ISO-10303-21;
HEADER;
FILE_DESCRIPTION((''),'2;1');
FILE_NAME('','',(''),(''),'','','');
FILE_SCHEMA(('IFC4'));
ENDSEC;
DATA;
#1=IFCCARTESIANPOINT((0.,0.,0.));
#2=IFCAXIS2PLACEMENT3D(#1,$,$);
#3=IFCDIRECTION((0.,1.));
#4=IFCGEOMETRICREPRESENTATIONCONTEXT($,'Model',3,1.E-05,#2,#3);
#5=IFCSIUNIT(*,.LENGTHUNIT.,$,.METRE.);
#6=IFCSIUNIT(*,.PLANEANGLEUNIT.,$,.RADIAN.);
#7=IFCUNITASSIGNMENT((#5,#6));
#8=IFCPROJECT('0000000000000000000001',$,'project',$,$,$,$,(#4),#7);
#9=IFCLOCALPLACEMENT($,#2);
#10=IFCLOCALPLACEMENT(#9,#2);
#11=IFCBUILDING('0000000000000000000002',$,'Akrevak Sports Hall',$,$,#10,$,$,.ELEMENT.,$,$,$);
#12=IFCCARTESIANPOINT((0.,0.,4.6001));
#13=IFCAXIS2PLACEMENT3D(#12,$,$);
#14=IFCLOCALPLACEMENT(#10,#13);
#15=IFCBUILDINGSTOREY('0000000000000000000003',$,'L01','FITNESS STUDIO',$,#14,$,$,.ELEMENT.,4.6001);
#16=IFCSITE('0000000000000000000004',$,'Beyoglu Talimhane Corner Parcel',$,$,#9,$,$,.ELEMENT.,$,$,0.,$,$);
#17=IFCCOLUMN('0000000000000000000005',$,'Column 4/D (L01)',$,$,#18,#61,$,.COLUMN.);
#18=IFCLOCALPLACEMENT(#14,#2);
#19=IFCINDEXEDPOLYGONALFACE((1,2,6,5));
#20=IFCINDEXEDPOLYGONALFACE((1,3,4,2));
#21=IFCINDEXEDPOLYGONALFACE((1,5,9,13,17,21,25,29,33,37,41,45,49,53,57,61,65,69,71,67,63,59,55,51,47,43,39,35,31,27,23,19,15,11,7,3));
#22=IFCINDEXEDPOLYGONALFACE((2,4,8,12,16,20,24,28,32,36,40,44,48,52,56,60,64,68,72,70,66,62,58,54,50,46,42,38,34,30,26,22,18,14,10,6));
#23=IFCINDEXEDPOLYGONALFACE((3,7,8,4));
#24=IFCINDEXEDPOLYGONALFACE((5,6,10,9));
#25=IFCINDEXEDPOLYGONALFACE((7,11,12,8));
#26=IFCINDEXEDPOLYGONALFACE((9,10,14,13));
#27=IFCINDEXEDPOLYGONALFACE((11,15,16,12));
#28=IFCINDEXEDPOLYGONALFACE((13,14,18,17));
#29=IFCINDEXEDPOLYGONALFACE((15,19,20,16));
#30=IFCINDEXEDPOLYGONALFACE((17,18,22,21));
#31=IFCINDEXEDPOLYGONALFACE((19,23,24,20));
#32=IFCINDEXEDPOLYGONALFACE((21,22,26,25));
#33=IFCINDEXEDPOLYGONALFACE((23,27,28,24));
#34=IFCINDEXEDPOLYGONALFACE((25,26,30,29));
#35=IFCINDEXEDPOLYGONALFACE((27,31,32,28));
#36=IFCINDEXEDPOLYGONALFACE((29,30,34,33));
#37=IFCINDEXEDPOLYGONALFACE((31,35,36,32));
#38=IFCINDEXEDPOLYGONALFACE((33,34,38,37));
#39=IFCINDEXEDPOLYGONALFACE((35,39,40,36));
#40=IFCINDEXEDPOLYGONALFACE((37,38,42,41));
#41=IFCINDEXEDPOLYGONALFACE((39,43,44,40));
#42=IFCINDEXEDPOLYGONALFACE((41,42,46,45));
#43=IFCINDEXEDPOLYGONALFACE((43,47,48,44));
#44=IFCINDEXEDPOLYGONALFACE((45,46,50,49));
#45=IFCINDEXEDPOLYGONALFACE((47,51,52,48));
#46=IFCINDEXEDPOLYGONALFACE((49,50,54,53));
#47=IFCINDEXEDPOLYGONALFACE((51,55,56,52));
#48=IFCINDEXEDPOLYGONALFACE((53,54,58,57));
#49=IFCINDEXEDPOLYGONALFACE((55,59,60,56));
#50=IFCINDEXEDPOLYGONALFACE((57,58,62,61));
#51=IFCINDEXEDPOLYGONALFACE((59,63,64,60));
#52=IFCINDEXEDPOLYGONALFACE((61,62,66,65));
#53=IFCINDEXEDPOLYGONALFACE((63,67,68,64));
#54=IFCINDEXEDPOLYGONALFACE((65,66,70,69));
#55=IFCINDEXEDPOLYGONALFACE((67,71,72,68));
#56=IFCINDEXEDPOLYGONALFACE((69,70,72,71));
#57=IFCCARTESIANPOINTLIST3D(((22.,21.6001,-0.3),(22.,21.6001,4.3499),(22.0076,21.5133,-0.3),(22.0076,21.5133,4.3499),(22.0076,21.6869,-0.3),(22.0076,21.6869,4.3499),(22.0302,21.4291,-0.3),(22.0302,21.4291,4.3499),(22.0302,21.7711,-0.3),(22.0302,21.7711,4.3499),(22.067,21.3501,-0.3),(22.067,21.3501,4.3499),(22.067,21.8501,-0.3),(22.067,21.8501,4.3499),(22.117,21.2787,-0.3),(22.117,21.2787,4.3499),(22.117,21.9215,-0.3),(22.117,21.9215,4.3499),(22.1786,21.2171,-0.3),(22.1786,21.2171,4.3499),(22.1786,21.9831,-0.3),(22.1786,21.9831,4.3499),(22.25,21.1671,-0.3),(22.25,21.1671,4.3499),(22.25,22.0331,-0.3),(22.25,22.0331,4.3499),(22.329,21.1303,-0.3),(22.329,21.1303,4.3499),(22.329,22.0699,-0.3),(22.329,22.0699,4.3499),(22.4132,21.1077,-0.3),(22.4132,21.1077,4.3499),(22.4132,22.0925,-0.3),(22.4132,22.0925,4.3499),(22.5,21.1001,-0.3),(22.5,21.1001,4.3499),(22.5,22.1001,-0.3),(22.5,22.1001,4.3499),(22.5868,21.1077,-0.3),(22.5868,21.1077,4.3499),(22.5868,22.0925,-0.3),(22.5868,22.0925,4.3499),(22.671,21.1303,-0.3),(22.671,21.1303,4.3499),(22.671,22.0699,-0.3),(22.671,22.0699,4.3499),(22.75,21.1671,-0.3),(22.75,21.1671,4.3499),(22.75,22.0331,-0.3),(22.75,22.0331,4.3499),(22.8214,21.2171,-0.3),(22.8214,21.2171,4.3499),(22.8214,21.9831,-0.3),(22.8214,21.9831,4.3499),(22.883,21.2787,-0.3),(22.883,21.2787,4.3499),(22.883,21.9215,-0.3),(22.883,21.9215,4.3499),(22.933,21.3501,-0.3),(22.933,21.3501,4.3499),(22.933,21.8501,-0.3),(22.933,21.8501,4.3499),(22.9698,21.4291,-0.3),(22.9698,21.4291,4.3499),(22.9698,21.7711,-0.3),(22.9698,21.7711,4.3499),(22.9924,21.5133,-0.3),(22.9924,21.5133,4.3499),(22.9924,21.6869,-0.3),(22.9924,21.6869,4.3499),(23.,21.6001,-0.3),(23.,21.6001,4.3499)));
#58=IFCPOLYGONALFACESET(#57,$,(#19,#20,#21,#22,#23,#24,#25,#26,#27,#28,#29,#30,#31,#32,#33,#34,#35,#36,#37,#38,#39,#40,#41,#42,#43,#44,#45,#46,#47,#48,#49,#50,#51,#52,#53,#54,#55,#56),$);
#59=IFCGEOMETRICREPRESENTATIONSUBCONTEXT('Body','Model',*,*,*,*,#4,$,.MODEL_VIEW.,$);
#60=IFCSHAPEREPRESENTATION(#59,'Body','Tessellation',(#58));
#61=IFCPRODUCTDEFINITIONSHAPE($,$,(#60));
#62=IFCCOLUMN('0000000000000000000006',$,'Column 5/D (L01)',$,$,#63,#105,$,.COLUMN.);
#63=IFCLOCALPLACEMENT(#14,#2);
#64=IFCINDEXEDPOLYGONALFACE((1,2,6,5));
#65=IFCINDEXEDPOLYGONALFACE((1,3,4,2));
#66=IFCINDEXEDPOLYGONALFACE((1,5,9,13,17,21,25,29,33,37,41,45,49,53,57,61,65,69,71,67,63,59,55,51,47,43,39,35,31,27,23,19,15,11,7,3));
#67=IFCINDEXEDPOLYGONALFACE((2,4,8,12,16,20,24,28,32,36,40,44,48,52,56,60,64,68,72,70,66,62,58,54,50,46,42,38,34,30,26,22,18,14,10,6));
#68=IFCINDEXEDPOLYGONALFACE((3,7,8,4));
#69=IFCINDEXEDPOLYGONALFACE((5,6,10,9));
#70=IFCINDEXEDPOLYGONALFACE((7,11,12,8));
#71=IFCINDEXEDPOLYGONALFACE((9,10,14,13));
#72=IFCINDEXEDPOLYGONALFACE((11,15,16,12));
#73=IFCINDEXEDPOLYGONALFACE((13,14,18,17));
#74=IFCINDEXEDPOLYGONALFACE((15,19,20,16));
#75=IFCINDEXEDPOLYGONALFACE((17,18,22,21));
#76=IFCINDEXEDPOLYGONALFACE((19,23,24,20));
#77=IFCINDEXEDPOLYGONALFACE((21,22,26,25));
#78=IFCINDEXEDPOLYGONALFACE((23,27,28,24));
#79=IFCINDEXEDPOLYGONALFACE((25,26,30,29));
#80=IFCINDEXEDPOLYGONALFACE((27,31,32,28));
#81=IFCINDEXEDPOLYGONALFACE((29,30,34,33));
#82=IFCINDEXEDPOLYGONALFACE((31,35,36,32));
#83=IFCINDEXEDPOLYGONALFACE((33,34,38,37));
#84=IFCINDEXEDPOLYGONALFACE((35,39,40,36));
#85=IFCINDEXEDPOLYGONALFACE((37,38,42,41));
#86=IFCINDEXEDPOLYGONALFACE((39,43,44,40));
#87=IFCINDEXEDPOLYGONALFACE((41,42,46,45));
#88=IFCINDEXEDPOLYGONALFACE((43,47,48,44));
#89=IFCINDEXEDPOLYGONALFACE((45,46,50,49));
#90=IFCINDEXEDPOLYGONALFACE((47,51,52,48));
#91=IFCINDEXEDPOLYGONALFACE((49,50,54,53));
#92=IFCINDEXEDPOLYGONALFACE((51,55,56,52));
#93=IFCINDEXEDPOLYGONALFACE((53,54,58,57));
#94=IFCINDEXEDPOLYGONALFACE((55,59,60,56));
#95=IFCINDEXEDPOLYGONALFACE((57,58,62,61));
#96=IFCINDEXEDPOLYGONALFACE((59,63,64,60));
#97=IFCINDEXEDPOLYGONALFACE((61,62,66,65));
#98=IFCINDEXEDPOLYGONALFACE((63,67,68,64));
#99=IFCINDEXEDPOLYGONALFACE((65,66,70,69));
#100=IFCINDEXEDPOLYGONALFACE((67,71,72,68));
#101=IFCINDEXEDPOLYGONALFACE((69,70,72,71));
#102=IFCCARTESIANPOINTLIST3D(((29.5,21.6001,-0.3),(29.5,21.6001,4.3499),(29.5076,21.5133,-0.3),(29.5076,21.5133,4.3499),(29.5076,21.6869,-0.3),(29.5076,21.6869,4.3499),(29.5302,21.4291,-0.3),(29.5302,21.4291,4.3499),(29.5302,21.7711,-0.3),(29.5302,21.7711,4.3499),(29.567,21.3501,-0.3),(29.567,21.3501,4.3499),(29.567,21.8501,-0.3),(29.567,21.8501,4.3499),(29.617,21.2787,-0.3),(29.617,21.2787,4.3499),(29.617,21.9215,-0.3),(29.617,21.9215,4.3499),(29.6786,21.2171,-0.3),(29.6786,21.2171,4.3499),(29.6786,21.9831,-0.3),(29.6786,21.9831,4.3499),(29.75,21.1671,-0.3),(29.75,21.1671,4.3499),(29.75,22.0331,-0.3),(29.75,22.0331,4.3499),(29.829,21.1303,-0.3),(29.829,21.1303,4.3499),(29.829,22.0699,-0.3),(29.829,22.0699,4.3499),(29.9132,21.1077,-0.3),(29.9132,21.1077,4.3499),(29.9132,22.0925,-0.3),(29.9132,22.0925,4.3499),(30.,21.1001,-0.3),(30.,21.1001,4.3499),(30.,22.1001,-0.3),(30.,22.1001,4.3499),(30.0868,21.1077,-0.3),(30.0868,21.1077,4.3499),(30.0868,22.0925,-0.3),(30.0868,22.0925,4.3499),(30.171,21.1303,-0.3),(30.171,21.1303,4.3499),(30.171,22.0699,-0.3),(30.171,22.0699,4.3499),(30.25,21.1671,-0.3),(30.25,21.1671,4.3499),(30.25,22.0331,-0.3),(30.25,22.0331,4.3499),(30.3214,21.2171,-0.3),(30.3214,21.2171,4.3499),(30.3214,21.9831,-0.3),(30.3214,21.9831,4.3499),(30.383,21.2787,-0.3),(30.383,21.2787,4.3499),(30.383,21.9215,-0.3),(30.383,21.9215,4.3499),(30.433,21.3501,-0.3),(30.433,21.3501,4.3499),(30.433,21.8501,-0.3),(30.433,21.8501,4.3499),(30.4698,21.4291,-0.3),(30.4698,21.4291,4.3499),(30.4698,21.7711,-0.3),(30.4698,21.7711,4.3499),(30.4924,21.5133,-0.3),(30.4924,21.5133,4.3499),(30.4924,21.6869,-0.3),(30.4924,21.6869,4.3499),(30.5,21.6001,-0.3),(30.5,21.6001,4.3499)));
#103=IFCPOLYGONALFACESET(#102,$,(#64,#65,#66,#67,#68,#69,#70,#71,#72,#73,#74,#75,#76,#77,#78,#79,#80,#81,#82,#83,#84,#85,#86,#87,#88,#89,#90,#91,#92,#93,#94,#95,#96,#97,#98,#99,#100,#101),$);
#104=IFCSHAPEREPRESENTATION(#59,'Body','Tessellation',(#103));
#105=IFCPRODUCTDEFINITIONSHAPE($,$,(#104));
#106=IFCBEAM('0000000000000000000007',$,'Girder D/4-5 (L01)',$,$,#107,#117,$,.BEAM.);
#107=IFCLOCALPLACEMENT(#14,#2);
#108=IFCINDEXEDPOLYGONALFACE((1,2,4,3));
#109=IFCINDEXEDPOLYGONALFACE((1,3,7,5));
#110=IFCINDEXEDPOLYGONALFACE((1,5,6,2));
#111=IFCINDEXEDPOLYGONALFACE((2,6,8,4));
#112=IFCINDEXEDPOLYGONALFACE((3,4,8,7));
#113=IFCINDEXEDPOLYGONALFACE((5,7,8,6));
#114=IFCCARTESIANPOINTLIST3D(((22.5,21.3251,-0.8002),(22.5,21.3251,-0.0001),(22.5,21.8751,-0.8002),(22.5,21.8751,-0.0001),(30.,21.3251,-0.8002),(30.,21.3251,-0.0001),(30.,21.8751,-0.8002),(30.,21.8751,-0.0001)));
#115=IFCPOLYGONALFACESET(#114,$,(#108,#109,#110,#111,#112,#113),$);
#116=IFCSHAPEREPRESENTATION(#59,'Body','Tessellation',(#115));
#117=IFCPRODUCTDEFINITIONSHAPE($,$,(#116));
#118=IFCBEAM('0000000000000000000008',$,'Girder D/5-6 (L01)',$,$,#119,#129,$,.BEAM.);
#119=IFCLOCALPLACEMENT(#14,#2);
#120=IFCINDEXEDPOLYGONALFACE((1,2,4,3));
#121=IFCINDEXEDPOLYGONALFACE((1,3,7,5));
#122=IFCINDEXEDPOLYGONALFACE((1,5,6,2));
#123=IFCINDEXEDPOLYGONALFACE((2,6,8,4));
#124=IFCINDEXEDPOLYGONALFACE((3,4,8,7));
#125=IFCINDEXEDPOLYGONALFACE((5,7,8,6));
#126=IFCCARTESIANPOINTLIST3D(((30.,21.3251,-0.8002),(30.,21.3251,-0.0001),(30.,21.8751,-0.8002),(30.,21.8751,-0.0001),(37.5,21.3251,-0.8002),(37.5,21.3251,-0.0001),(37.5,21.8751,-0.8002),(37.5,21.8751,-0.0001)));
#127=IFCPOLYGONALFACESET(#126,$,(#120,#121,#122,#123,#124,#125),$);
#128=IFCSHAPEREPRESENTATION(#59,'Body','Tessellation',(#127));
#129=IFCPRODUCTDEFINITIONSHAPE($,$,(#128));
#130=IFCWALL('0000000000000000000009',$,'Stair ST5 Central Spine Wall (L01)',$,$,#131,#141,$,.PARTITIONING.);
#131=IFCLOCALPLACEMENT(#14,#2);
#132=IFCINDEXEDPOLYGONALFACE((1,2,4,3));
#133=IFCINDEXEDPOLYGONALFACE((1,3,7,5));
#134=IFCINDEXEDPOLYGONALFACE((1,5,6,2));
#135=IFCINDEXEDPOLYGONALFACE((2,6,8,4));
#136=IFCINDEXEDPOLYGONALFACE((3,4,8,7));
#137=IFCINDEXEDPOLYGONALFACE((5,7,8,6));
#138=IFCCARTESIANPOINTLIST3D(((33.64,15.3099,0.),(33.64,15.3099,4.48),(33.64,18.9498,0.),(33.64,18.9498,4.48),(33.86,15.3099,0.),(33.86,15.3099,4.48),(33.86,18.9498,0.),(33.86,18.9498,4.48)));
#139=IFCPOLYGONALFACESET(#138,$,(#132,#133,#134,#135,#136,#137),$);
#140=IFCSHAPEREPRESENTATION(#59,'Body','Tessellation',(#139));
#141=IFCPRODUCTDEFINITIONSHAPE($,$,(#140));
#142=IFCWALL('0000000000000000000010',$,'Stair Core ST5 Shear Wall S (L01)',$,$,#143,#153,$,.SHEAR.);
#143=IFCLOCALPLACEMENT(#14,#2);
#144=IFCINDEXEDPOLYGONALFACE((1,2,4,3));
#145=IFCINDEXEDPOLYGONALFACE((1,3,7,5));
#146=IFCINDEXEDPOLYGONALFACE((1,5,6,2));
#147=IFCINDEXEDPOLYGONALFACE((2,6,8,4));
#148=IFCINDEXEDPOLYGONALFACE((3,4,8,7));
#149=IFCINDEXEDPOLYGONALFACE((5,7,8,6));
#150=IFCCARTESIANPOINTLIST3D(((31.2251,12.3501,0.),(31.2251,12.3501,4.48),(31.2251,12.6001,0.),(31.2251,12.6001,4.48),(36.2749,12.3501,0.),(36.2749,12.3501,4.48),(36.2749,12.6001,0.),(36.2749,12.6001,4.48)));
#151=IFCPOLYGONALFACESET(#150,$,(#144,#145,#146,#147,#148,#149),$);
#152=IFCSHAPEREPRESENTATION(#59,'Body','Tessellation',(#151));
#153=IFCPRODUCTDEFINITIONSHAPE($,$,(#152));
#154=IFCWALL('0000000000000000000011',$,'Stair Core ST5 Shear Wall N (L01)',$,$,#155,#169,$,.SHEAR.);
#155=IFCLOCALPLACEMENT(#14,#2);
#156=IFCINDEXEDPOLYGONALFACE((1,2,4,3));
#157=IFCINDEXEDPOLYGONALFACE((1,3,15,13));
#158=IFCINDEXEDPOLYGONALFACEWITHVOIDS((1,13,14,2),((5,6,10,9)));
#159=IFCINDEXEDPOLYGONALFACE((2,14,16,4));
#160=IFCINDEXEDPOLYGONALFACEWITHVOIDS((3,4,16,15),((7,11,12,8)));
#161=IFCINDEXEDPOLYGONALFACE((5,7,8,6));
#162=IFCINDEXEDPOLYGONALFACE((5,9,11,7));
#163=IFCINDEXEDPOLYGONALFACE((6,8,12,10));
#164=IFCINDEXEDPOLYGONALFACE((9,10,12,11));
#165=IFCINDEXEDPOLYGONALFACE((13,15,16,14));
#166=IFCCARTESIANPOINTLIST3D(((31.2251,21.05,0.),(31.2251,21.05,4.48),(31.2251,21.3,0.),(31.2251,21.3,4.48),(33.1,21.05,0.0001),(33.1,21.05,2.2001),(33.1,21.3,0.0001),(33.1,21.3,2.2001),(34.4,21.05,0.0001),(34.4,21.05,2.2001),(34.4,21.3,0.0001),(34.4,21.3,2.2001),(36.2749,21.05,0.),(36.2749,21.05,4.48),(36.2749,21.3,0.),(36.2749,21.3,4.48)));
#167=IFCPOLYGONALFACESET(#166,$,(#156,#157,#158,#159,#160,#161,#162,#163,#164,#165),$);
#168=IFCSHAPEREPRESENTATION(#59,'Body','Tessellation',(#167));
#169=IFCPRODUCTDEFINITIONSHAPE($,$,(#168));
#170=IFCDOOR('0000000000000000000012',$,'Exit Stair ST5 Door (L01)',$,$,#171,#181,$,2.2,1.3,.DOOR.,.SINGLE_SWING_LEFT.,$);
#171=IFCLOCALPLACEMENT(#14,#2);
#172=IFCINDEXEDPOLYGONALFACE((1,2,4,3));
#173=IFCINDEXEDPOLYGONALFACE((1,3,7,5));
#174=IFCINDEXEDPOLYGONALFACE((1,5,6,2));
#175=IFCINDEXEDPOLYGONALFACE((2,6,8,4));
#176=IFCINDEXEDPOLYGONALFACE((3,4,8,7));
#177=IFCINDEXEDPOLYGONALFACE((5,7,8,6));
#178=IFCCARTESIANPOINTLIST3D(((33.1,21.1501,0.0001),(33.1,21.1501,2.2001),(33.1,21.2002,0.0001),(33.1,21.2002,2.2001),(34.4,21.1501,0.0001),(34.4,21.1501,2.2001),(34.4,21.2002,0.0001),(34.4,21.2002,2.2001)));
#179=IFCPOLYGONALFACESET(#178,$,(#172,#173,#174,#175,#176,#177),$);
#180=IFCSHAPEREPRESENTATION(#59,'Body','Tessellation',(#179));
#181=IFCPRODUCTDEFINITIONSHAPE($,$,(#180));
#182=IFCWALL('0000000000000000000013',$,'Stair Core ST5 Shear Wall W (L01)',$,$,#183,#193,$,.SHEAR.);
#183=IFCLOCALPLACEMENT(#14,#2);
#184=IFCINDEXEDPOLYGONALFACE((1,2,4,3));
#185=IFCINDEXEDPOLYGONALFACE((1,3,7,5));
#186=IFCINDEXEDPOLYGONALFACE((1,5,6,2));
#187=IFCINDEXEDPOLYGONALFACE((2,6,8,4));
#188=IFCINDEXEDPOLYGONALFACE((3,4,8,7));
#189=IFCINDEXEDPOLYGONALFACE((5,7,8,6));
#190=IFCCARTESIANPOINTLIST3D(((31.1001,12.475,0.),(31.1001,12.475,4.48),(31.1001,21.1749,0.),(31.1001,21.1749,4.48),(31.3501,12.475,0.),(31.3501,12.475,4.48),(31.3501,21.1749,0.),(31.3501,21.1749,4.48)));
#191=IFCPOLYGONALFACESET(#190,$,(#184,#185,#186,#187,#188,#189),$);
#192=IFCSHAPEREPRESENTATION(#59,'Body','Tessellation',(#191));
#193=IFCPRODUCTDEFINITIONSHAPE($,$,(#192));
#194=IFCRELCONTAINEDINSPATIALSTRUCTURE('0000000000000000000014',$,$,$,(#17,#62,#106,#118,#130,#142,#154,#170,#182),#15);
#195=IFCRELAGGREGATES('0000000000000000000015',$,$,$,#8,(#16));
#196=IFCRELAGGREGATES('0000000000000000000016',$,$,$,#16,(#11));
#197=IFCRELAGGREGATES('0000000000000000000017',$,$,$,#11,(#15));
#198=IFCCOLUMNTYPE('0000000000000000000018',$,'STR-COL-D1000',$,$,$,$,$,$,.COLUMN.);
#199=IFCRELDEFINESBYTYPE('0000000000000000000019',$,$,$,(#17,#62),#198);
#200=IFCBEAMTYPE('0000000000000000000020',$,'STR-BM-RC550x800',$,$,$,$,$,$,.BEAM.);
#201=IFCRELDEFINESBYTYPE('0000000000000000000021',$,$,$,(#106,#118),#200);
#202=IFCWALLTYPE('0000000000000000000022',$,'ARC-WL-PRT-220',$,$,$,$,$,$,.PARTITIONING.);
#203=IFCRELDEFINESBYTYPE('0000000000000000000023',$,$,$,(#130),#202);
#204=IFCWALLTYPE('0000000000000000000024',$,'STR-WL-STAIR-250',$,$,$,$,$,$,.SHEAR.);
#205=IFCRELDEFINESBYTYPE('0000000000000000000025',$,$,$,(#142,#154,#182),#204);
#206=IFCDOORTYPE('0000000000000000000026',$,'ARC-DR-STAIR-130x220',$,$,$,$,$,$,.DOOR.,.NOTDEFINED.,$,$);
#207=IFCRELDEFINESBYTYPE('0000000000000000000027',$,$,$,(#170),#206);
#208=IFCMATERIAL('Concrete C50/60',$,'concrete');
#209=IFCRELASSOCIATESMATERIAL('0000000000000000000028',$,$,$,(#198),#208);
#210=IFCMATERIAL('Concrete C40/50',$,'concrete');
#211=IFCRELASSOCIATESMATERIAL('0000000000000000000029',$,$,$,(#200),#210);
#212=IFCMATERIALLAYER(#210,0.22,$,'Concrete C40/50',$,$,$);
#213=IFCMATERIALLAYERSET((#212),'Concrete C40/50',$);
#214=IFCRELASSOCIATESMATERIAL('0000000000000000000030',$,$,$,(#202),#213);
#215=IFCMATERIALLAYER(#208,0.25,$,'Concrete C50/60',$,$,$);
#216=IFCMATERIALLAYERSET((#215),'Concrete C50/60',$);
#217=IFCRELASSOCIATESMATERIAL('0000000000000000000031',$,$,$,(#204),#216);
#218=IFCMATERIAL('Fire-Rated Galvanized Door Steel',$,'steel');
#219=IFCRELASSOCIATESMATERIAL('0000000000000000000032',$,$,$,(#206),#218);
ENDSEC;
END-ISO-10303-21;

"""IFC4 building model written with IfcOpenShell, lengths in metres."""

from ifc_helpers import new_model, si_unit, direction, frame, frame_2d, origin, origin_2d, place, context, subcontext, project, spatial, rectangle, circle, extrude, material, layer, layer_set, material_profile, profile_set, type_object, element, fill, save


model = new_model("IFC4")

# Units and contexts
model_context = context("Model", 3, precision=1e-05, world=origin(), true_north=direction((0.0, 1.0)))
body_context = subcontext(model_context, "Body", "Model", "MODEL_VIEW")
ifc_project = project(units=[si_unit("LENGTHUNIT", "METRE"), si_unit("PLANEANGLEUNIT", "RADIAN")], contexts=[model_context])

# Site, building, storey
site_placement = place(None, origin())
site = spatial("IfcSite", under=ifc_project, at=site_placement, Name="Beyoglu Talimhane Corner Parcel", CompositionType="ELEMENT", RefElevation=0.0)
building_placement = place(site_placement, origin())
building = spatial("IfcBuilding", under=site, at=building_placement, Name="Akrevak Sports Hall", CompositionType="ELEMENT")
storey_placement = place(building_placement, frame((0.0, 0.0, 4.6001)))
storey = spatial("IfcBuildingStorey", under=building, at=storey_placement, Name="L01", Description="FITNESS STUDIO", CompositionType="ELEMENT", Elevation=4.6001)

# Columns
ifc_material_1 = material(Name="Concrete C50/60", Category="concrete")
ifc_material_profile_1 = material_profile(ifc_material_1, circle(Radius=0.5, at=origin_2d()), Name="COL D1000", Category="concrete")
ifc_profile_set_1 = profile_set([ifc_material_profile_1], Name="Concrete C50/60")
column_type = type_object("IfcColumnType", Name="STR-COL-D1000", PredefinedType="COLUMN", material=ifc_profile_set_1)
for number, where, z_axis, x_axis, name in (
    (1, (22.5, 21.6001, -0.3), (0.0, 0.0, 1.0), (1.0, 0.0, 0.0), "Column 4/D (L01)"),
    (2, (30.0, 21.6001, -0.3), (0.0, 0.0, 1.0), (1.0, 0.0, 0.0), "Column 5/D (L01)"),
):
    element("IfcColumn", number, at=place(storey_placement, frame(where, z_axis=z_axis, x_axis=x_axis)), inside=storey, type_object=column_type, Name=name, PredefinedType="COLUMN", context=body_context, shape_type="SweptSolid", body=[
        extrude(circle(Radius=0.5, at=origin_2d()), origin(), (0.0, 0.0, 1.0), 4.6499),
    ])

# Beams
ifc_material_2 = material(Name="Concrete C40/50", Category="concrete")
ifc_material_profile_2 = material_profile(ifc_material_2, rectangle(XDim=0.55, YDim=0.8, at=origin_2d()), Name="BM 550x800", Category="concrete")
ifc_profile_set_2 = profile_set([ifc_material_profile_2], Name="Concrete C40/50")
beam_type = type_object("IfcBeamType", Name="STR-BM-RC550x800", PredefinedType="BEAM", material=ifc_profile_set_2)
for number, where, z_axis, x_axis, name in (
    (3, (22.5, 21.6001, -0.4001), (1.0, 0.0, 0.0), (0.0, 1.0, 0.0), "Girder D/4-5 (L01)"),
    (4, (30.0, 21.6001, -0.4001), (1.0, 0.0, 0.0), (0.0, 1.0, 0.0), "Girder D/5-6 (L01)"),
):
    element("IfcBeam", number, at=place(storey_placement, frame(where, z_axis=z_axis, x_axis=x_axis)), inside=storey, type_object=beam_type, Name=name, PredefinedType="BEAM", context=body_context, shape_type="SweptSolid", body=[
        extrude(rectangle(XDim=0.55, YDim=0.8, at=origin_2d()), origin(), (0.0, 0.0, 1.0), 7.5),
    ])

# Walls
ifc_layer_1 = layer(ifc_material_2, 0.22, Name="Concrete C40/50")
ifc_layer_set_1 = layer_set([ifc_layer_1], Name="Concrete C40/50")
wall_type_1 = type_object("IfcWallType", Name="ARC-WL-PRT-220", PredefinedType="PARTITIONING", material=ifc_layer_set_1)
wall_1_placement = place(storey_placement, frame((33.75, 15.3101, 0.0), z_axis=(0.0, 0.0, 1.0), x_axis=(0.0, 1.0, 0.0)))
element("IfcWall", 5, at=wall_1_placement, inside=storey, type_object=wall_type_1, Name="Stair ST5 Central Spine Wall (L01)", PredefinedType="PARTITIONING", context=body_context, shape_type="SweptSolid", body=[
    extrude(rectangle(XDim=3.6399, YDim=0.22, at=frame_2d((1.8198, 0.0))), origin(), (0.0, 0.0, 1.0), 4.48),
])
ifc_layer_2 = layer(ifc_material_1, 0.25, Name="Concrete C50/60")
ifc_layer_set_2 = layer_set([ifc_layer_2], Name="Concrete C50/60")
wall_type_2 = type_object("IfcWallType", Name="STR-WL-STAIR-250", PredefinedType="SHEAR", material=ifc_layer_set_2)
wall_2_placement = place(storey_placement, frame((31.2251, 12.4751, 0.0), z_axis=(0.0, 0.0, 1.0), x_axis=(1.0, 0.0, 0.0)))
element("IfcWall", 6, at=wall_2_placement, inside=storey, type_object=wall_type_2, Name="Stair Core ST5 Shear Wall S (L01)", PredefinedType="SHEAR", context=body_context, shape_type="SweptSolid", body=[
    extrude(rectangle(XDim=5.0498, YDim=0.25, at=frame_2d((2.5249, 0.0))), origin(), (0.0, 0.0, 1.0), 4.48),
])

# Wall, opening, door
wall_3_placement = place(storey_placement, frame((36.2749, 21.175, 0.0), z_axis=(0.0, 0.0, 1.0), x_axis=(-1.0, 0.0, 0.0)))
wall_3 = element("IfcWall", 7, at=wall_3_placement, inside=storey, type_object=wall_type_2, Name="Stair Core ST5 Shear Wall N (L01)", PredefinedType="SHEAR", context=body_context, shape_type="SweptSolid", body=[
    extrude(rectangle(XDim=5.0498, YDim=0.25, at=frame_2d((2.5249, 0.0))), origin(), (0.0, 0.0, 1.0), 4.48),
])
opening_placement = place(wall_3_placement, frame((1.875, 0.0, 0.0)))
opening = element("IfcOpeningElement", 8, at=opening_placement, cuts=wall_3, PredefinedType="OPENING", context=body_context, shape_type="SweptSolid", body=[
    extrude(rectangle(XDim=1.3, YDim=2.2, at=frame_2d((0.6499, 1.1001))), frame((0.0, 0.137, 0.0), z_axis=(0.0, -1.0, 0.0), x_axis=(1.0, 0.0, 0.0)), (0.0, 0.0, 1.0), 0.2739),
])
ifc_material_3 = material(Name="Fire-Rated Galvanized Door Steel", Category="steel")
door_type = type_object("IfcDoorType", Name="ARC-DR-STAIR-130x220", OperationType="NOTDEFINED", PredefinedType="DOOR", material=ifc_material_3)
door_placement = place(opening_placement, origin())
door = element("IfcDoor", 9, at=door_placement, inside=storey, type_object=door_type, Name="Exit Stair ST5 Door (L01)", OperationType="SINGLE_SWING_LEFT", OverallHeight=2.2, OverallWidth=1.3, PredefinedType="DOOR", context=body_context, shape_type="SweptSolid", body=[
    extrude(rectangle(XDim=1.3, YDim=2.2, at=frame_2d((0.6499, 1.1001))), frame((0.0, 0.0249, 0.0), z_axis=(0.0, -1.0, 0.0), x_axis=(1.0, 0.0, 0.0)), (0.0, 0.0, 1.0), 0.05),
])
fill(opening, door)

# Wall
for number, where, z_axis, x_axis, name in (
    (10, (31.2251, 21.175, 0.0), (0.0, 0.0, 1.0), (0.0, -1.0, 0.0), "Stair Core ST5 Shear Wall W (L01)"),
):
    element("IfcWall", number, at=place(storey_placement, frame(where, z_axis=z_axis, x_axis=x_axis)), inside=storey, type_object=wall_type_2, Name=name, PredefinedType="SHEAR", context=body_context, shape_type="SweptSolid", body=[
        extrude(rectangle(XDim=8.7, YDim=0.25, at=frame_2d((4.3501, 0.0))), origin(), (0.0, 0.0, 1.0), 4.48),
    ])

save(model, "model.ifc")
